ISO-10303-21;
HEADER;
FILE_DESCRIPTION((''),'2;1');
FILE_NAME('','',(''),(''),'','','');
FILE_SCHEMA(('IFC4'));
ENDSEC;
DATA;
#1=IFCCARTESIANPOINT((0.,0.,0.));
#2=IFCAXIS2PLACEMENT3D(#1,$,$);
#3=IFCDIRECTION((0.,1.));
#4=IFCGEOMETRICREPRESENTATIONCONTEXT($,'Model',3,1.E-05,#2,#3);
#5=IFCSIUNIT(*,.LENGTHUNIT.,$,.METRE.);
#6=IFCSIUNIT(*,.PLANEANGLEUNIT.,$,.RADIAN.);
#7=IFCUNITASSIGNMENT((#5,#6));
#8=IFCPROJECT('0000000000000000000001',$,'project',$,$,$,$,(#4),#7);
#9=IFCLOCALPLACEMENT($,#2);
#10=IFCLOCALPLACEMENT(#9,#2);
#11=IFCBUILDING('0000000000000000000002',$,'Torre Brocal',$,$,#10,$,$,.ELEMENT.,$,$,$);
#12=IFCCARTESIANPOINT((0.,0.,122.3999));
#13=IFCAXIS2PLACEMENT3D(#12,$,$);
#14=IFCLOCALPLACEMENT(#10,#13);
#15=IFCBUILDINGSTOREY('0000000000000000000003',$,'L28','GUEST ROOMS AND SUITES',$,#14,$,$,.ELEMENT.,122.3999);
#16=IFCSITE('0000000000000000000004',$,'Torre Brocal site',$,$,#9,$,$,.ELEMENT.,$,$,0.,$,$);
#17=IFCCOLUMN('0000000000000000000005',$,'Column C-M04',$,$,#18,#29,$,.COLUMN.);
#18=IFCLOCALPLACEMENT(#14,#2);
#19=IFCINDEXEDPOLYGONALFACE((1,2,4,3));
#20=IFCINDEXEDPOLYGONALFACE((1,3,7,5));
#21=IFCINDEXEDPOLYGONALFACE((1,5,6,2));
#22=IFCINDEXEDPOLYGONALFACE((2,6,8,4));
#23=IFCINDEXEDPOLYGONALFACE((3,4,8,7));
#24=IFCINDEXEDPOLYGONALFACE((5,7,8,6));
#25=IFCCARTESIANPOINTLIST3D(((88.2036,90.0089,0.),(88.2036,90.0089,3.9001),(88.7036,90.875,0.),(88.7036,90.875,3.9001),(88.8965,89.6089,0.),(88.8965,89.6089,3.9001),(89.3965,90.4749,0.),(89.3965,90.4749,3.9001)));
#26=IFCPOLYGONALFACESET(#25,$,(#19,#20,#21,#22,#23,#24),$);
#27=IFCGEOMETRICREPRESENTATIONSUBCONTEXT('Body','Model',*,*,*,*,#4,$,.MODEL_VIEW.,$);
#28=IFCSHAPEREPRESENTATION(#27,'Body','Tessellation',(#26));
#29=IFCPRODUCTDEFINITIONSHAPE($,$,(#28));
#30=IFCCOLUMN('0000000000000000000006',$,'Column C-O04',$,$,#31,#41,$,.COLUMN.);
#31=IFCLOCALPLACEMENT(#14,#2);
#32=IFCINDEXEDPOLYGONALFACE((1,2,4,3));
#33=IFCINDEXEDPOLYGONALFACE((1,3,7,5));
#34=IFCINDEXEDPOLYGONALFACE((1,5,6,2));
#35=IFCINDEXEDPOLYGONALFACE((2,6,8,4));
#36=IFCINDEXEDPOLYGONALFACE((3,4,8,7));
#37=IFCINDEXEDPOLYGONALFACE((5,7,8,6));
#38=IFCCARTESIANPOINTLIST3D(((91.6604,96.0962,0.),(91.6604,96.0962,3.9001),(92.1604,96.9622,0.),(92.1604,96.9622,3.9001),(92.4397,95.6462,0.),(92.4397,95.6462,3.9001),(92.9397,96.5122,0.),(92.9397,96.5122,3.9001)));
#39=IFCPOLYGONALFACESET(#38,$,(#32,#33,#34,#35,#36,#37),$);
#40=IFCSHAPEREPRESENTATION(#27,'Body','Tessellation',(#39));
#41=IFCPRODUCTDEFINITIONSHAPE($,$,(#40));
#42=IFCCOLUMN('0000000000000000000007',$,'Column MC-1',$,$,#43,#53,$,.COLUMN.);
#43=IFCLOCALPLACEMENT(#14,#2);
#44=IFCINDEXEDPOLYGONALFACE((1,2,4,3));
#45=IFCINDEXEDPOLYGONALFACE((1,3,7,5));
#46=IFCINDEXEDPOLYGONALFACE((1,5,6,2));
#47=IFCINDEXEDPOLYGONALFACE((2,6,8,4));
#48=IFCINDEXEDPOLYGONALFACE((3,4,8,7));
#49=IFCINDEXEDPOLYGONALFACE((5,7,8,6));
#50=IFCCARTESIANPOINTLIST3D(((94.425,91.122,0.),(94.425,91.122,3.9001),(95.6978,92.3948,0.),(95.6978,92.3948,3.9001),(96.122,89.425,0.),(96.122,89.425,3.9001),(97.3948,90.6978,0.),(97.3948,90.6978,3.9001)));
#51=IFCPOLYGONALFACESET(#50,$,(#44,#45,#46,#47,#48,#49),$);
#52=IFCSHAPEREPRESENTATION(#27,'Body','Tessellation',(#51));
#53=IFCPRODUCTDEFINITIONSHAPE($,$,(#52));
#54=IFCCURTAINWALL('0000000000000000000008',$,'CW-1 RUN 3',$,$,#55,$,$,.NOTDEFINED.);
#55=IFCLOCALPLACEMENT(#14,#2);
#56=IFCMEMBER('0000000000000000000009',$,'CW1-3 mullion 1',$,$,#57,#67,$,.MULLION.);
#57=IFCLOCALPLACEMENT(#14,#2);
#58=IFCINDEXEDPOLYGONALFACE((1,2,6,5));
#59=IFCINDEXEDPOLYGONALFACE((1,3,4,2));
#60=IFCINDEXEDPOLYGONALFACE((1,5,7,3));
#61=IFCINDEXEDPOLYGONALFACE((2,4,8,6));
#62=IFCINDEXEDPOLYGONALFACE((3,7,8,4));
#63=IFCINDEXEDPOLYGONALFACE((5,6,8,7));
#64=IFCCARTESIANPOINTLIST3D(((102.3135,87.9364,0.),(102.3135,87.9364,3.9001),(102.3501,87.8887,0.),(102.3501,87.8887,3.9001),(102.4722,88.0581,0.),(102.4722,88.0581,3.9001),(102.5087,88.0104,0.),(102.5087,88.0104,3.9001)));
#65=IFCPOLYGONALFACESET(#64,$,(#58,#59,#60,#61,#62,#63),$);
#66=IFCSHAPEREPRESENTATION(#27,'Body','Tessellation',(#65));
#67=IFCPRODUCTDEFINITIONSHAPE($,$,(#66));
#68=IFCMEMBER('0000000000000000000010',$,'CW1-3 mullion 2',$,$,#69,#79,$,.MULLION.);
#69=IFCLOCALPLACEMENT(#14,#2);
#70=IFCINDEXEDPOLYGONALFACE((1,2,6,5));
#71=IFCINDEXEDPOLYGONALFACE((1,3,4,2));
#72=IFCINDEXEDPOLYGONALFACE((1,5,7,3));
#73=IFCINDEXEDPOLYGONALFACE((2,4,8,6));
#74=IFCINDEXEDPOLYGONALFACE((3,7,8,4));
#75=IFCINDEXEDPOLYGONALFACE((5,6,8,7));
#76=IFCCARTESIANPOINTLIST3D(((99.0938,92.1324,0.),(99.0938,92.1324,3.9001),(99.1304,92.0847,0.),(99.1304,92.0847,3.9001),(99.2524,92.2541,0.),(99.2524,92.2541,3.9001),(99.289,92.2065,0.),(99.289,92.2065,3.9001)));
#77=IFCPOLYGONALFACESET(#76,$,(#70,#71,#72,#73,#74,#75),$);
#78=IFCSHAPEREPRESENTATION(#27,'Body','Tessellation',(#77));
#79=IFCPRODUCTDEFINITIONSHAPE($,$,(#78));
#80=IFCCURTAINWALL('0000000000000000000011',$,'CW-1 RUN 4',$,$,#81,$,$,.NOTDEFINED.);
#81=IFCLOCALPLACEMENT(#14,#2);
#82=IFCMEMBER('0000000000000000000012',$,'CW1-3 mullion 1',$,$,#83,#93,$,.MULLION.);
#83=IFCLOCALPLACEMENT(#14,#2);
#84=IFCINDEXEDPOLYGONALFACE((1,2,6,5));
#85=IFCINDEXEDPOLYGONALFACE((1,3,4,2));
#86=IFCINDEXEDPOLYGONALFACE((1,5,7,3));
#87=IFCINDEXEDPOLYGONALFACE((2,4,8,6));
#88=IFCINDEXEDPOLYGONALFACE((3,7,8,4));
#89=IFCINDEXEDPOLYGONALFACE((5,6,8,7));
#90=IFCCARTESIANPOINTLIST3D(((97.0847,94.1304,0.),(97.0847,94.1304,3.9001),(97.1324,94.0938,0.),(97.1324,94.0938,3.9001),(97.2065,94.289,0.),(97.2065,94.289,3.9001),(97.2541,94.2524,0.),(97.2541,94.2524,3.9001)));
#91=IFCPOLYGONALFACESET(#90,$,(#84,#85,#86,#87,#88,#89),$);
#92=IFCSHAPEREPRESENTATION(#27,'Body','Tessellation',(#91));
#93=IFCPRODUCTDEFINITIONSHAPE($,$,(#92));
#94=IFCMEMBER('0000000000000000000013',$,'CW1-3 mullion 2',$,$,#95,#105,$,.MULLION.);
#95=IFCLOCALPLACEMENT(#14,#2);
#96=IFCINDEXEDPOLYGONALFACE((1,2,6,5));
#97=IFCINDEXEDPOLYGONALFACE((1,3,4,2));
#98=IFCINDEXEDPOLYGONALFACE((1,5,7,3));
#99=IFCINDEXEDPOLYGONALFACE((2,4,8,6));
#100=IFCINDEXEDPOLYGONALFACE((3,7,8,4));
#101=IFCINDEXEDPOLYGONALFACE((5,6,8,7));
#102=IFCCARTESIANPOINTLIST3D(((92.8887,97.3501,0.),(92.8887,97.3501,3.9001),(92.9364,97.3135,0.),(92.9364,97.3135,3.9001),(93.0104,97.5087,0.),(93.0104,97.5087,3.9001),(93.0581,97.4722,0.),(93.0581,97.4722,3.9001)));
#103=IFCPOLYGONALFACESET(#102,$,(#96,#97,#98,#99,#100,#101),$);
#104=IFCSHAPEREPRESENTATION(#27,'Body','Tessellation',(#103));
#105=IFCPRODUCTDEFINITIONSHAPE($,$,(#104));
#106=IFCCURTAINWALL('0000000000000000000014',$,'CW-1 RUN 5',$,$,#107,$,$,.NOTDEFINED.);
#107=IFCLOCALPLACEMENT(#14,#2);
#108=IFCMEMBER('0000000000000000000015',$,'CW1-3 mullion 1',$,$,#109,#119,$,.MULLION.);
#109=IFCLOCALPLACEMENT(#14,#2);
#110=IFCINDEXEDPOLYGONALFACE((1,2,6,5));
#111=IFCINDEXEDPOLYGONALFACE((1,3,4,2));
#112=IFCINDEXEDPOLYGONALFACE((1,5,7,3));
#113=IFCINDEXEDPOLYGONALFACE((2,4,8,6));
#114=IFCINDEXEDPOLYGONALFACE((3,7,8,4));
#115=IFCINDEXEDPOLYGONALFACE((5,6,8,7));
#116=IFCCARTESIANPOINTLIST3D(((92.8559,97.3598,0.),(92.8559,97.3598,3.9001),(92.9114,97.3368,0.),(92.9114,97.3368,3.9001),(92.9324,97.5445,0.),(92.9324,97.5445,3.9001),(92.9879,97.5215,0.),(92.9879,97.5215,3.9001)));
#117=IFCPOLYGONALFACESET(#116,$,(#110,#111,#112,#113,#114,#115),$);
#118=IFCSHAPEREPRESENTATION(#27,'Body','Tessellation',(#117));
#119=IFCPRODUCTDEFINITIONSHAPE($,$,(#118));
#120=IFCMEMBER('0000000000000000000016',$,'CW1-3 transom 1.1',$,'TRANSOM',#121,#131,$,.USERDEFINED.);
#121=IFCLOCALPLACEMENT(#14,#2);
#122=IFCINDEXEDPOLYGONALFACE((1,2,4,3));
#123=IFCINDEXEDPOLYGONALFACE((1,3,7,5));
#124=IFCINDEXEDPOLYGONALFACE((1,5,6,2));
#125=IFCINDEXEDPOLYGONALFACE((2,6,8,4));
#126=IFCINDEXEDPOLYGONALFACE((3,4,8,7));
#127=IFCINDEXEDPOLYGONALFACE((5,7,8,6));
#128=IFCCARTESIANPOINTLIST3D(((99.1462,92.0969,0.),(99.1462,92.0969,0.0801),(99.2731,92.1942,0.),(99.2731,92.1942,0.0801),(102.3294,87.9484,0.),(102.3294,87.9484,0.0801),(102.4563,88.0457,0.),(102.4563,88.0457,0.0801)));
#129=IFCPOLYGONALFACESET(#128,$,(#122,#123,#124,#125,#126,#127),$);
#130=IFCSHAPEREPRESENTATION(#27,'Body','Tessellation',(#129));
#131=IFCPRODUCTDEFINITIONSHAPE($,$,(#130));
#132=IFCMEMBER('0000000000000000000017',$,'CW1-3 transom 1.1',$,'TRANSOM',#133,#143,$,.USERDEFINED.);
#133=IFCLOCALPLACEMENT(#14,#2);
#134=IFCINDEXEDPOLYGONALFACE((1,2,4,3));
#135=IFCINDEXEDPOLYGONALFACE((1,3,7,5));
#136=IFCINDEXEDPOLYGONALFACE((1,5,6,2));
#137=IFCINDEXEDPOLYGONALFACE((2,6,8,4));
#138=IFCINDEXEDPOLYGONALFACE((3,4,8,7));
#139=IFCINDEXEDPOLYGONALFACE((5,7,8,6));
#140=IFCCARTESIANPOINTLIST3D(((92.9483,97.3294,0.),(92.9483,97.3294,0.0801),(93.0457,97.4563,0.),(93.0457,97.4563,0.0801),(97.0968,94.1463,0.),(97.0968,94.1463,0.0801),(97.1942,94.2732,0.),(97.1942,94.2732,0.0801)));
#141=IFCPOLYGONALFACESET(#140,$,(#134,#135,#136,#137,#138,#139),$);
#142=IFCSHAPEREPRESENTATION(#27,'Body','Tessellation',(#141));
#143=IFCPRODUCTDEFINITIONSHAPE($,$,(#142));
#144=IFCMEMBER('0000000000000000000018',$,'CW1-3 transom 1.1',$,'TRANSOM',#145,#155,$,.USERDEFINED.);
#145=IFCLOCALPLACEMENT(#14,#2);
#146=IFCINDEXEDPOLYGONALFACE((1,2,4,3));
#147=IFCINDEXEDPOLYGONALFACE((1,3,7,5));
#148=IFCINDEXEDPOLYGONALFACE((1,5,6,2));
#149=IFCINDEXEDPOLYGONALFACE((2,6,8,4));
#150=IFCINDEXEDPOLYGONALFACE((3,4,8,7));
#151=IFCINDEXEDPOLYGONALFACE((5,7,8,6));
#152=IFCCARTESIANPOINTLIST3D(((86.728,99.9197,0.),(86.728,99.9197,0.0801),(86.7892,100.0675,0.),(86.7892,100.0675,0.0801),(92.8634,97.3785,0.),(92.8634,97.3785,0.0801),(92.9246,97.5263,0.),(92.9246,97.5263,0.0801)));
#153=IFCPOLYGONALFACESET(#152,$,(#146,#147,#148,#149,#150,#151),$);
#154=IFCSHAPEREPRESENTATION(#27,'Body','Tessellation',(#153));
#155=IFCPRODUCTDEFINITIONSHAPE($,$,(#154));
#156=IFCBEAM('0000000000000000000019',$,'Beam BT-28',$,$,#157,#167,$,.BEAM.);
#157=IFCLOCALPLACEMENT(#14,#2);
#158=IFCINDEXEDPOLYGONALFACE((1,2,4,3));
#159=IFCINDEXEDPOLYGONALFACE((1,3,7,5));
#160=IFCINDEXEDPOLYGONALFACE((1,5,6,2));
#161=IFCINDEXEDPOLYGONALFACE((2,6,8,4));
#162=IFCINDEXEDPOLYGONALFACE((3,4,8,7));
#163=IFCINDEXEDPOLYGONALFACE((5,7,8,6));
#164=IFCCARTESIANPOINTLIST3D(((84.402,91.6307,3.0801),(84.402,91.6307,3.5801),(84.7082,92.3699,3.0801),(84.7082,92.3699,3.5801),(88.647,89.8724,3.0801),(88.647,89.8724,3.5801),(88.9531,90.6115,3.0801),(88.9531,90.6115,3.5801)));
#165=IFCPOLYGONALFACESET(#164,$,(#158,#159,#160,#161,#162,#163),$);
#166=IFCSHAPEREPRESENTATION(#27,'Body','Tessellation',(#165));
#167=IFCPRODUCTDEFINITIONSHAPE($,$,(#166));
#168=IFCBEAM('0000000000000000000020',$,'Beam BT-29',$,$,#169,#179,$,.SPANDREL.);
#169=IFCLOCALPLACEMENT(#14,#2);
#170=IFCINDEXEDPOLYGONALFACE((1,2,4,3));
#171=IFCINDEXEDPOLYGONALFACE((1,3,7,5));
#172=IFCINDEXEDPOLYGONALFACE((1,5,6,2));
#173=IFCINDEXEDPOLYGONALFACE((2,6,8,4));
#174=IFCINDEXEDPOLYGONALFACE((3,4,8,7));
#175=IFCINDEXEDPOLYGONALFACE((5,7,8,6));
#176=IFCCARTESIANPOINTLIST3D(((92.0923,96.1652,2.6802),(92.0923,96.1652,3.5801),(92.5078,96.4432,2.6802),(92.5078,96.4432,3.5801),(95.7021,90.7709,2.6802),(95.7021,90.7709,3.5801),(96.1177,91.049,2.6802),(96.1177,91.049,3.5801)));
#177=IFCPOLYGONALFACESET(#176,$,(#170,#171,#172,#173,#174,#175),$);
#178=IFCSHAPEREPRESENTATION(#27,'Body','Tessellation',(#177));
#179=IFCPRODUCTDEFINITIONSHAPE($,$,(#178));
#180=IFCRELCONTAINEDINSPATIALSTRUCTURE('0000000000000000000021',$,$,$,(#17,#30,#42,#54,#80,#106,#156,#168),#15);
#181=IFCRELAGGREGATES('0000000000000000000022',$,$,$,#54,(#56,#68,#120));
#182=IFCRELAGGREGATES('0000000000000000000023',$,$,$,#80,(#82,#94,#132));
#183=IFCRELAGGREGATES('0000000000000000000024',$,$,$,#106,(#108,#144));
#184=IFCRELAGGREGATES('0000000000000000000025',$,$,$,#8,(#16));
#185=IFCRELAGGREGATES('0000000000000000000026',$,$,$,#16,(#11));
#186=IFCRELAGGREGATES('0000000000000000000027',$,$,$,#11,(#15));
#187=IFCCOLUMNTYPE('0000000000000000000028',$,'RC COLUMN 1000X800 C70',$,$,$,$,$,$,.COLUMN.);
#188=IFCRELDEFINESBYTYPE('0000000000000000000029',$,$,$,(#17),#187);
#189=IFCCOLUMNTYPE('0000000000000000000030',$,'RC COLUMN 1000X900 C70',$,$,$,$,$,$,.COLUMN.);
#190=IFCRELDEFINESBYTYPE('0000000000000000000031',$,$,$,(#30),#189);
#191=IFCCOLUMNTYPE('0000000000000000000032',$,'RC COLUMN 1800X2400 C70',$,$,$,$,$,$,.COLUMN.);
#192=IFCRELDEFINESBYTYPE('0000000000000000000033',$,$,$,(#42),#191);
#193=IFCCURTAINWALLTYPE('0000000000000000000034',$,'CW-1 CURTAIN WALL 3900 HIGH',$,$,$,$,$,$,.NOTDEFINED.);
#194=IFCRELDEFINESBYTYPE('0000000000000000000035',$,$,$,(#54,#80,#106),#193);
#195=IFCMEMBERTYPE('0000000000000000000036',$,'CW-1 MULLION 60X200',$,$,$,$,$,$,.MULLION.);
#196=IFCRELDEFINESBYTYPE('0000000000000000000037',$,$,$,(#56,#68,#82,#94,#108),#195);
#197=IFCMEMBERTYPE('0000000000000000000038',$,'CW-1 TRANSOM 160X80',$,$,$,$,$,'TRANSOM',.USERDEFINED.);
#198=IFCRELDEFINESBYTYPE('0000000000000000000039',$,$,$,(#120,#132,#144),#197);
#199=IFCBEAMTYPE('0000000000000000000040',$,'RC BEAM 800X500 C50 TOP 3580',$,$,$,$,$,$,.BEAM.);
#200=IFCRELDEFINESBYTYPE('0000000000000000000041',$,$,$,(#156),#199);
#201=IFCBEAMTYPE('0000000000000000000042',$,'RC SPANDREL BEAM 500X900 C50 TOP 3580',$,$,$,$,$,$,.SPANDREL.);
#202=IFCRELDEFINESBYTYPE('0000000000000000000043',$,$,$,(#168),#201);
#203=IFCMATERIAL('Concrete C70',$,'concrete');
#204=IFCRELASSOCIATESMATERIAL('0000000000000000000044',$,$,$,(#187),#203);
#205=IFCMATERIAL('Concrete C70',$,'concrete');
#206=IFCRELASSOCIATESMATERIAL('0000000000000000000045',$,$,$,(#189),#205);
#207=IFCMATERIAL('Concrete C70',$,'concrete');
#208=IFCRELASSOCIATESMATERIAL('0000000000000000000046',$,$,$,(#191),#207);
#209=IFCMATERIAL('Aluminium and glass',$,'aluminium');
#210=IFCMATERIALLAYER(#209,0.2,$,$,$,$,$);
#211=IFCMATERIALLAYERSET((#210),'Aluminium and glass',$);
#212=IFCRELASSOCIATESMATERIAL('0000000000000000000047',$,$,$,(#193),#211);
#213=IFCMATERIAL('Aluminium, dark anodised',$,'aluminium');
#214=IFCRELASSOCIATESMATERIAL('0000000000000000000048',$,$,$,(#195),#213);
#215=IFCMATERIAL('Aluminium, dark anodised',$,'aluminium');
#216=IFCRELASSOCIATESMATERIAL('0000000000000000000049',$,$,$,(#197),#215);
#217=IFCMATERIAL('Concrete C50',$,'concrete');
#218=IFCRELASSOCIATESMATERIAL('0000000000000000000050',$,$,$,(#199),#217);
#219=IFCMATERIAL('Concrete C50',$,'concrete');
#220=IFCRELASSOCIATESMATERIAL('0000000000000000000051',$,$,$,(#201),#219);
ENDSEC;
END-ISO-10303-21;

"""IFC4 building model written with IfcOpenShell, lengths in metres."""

from ifc_helpers import new_model, si_unit, direction, frame, origin, origin_2d, place, context, subcontext, project, spatial, rectangle, extrude, material, layer, layer_set, material_profile, profile_set, type_object, element, aggregate, save


model = new_model("IFC4")

# Units and contexts
model_context = context("Model", 3, precision=1e-05, world=origin(), true_north=direction((0.0, 1.0)))
body_context = subcontext(model_context, "Body", "Model", "MODEL_VIEW")
ifc_project = project(units=[si_unit("LENGTHUNIT", "METRE"), si_unit("PLANEANGLEUNIT", "RADIAN")], contexts=[model_context])

# Site, building, storey
site_placement = place(None, origin())
site = spatial("IfcSite", under=ifc_project, at=site_placement, Name="Torre Brocal site", CompositionType="ELEMENT", RefElevation=0.0)
building_placement = place(site_placement, origin())
building = spatial("IfcBuilding", under=site, at=building_placement, Name="Torre Brocal", CompositionType="ELEMENT")
storey_placement = place(building_placement, frame((0.0, 0.0, 122.3999)))
storey = spatial("IfcBuildingStorey", under=building, at=storey_placement, Name="L28", Description="GUEST ROOMS AND SUITES", CompositionType="ELEMENT", Elevation=122.3999)

# Columns
ifc_material_1 = material(Name="Concrete C70", Category="concrete")
ifc_material_profile_1 = material_profile(ifc_material_1, rectangle(XDim=1.0, YDim=0.8, at=origin_2d()), Name="RC 1000X800")
ifc_profile_set_1 = profile_set([ifc_material_profile_1], Name="Concrete C70")
column_type_1 = type_object("IfcColumnType", Name="RC COLUMN 1000X800 C70", PredefinedType="COLUMN", material=ifc_profile_set_1)
column_1_placement = place(storey_placement, frame((88.8, 90.2419, 0.0), z_axis=(0.0, 0.0, 1.0), x_axis=(0.5, 0.866025, 0.0)))
element("IfcColumn", 1, at=column_1_placement, inside=storey, type_object=column_type_1, Name="Column C-M04", PredefinedType="COLUMN", context=body_context, shape_type="SweptSolid", body=[
    extrude(rectangle(XDim=1.0, YDim=0.8, at=origin_2d()), origin(), (0.0, 0.0, 1.0), 3.9001),
])
ifc_material_2 = material(Name="Concrete C70", Category="concrete")
ifc_material_profile_2 = material_profile(ifc_material_2, rectangle(XDim=1.0, YDim=0.8999, at=origin_2d()), Name="RC 1000X900")
ifc_profile_set_2 = profile_set([ifc_material_profile_2], Name="Concrete C70")
column_type_2 = type_object("IfcColumnType", Name="RC COLUMN 1000X900 C70", PredefinedType="COLUMN", material=ifc_profile_set_2)
column_2_placement = place(storey_placement, frame((92.3, 96.3042, 0.0), z_axis=(0.0, 0.0, 1.0), x_axis=(0.5, 0.866025, 0.0)))
element("IfcColumn", 2, at=column_2_placement, inside=storey, type_object=column_type_2, Name="Column C-O04", PredefinedType="COLUMN", context=body_context, shape_type="SweptSolid", body=[
    extrude(rectangle(XDim=1.0, YDim=0.8999, at=origin_2d()), origin(), (0.0, 0.0, 1.0), 3.9001),
])
ifc_material_3 = material(Name="Concrete C70", Category="concrete")
ifc_material_profile_3 = material_profile(ifc_material_3, rectangle(XDim=1.8, YDim=2.3999, at=origin_2d()), Name="RC 1800X2400")
ifc_profile_set_3 = profile_set([ifc_material_profile_3], Name="Concrete C70")
column_type_3 = type_object("IfcColumnType", Name="RC COLUMN 1800X2400 C70", PredefinedType="COLUMN", material=ifc_profile_set_3)
column_3_placement = place(storey_placement, frame((95.9099, 90.9099, 0.0), z_axis=(0.0, 0.0, 1.0), x_axis=(0.707107, 0.707107, 0.0)))
element("IfcColumn", 3, at=column_3_placement, inside=storey, type_object=column_type_3, Name="Column MC-1", PredefinedType="COLUMN", context=body_context, shape_type="SweptSolid", body=[
    extrude(rectangle(XDim=1.8, YDim=2.3999, at=origin_2d()), origin(), (0.0, 0.0, 1.0), 3.9001),
])

# Curtain walls, members
ifc_material_4 = material(Name="Aluminium and glass", Category="aluminium")
ifc_layer_1 = layer(ifc_material_4, 0.2)
ifc_layer_set_1 = layer_set([ifc_layer_1], Name="Aluminium and glass")
curtain_wall_type = type_object("IfcCurtainWallType", Name="CW-1 CURTAIN WALL 3900 HIGH", PredefinedType="NOTDEFINED", material=ifc_layer_set_1)
curtain_wall_1_placement = place(storey_placement, origin())
curtain_wall_1 = element("IfcCurtainWall", 4, at=curtain_wall_1_placement, inside=storey, type_object=curtain_wall_type, Name="CW-1 RUN 3", PredefinedType="NOTDEFINED")
ifc_material_5 = material(Name="Aluminium, dark anodised", Category="aluminium")
ifc_material_profile_4 = material_profile(ifc_material_5, rectangle(XDim=0.2, YDim=0.0601, at=origin_2d()), Name="CW-1 MULLION 60X200")
ifc_profile_set_4 = profile_set([ifc_material_profile_4], Name="Aluminium, dark anodised")
member_type_1 = type_object("IfcMemberType", Name="CW-1 MULLION 60X200", PredefinedType="MULLION", material=ifc_profile_set_4)
member_1_placement = place(storey_placement, frame((102.4111, 87.9734, 0.0), z_axis=(0.0, 0.0, 1.0), x_axis=(-0.793353, -0.608761, 0.0)))
member_1 = element("IfcMember", 5, at=member_1_placement, type_object=member_type_1, Name="CW1-3 mullion 1", PredefinedType="MULLION", context=body_context, shape_type="SweptSolid", body=[
    extrude(rectangle(XDim=0.2, YDim=0.0601, at=origin_2d()), origin(), (0.0, 0.0, 1.0), 3.9001),
])
member_2_placement = place(storey_placement, frame((99.1914, 92.1694, 0.0), z_axis=(0.0, 0.0, 1.0), x_axis=(-0.793353, -0.608761, 0.0)))
member_2 = element("IfcMember", 6, at=member_2_placement, type_object=member_type_1, Name="CW1-3 mullion 2", PredefinedType="MULLION", context=body_context, shape_type="SweptSolid", body=[
    extrude(rectangle(XDim=0.2, YDim=0.0601, at=origin_2d()), origin(), (0.0, 0.0, 1.0), 3.9001),
])
curtain_wall_2_placement = place(storey_placement, origin())
curtain_wall_2 = element("IfcCurtainWall", 7, at=curtain_wall_2_placement, inside=storey, type_object=curtain_wall_type, Name="CW-1 RUN 4", PredefinedType="NOTDEFINED")
member_3_placement = place(storey_placement, frame((97.1694, 94.1914, 0.0), z_axis=(0.0, 0.0, 1.0), x_axis=(-0.608761, -0.793353, 0.0)))
member_3 = element("IfcMember", 8, at=member_3_placement, type_object=member_type_1, Name="CW1-3 mullion 1", PredefinedType="MULLION", context=body_context, shape_type="SweptSolid", body=[
    extrude(rectangle(XDim=0.2, YDim=0.0601, at=origin_2d()), origin(), (0.0, 0.0, 1.0), 3.9001),
])
member_4_placement = place(storey_placement, frame((92.9734, 97.4111, 0.0), z_axis=(0.0, 0.0, 1.0), x_axis=(-0.608761, -0.793353, 0.0)))
member_4 = element("IfcMember", 9, at=member_4_placement, type_object=member_type_1, Name="CW1-3 mullion 2", PredefinedType="MULLION", context=body_context, shape_type="SweptSolid", body=[
    extrude(rectangle(XDim=0.2, YDim=0.0601, at=origin_2d()), origin(), (0.0, 0.0, 1.0), 3.9001),
])

# Curtain wall, member
curtain_wall_3_placement = place(storey_placement, origin())
curtain_wall_3 = element("IfcCurtainWall", 10, at=curtain_wall_3_placement, inside=storey, type_object=curtain_wall_type, Name="CW-1 RUN 5", PredefinedType="NOTDEFINED")
member_5_placement = place(storey_placement, frame((92.9219, 97.4407, 0.0), z_axis=(0.0, 0.0, 1.0), x_axis=(-0.382683, -0.92388, 0.0)))
member_5 = element("IfcMember", 11, at=member_5_placement, type_object=member_type_1, Name="CW1-3 mullion 1", PredefinedType="MULLION", context=body_context, shape_type="SweptSolid", body=[
    extrude(rectangle(XDim=0.2, YDim=0.0601, at=origin_2d()), origin(), (0.0, 0.0, 1.0), 3.9001),
])

# Members
ifc_material_6 = material(Name="Aluminium, dark anodised", Category="aluminium")
ifc_material_profile_5 = material_profile(ifc_material_6, rectangle(XDim=0.1599, YDim=0.0801, at=origin_2d()), Name="CW-1 TRANSOM 160X80")
ifc_profile_set_5 = profile_set([ifc_material_profile_5], Name="Aluminium, dark anodised")
member_type_2 = type_object("IfcMemberType", Name="CW-1 TRANSOM 160X80", ElementType="TRANSOM", PredefinedType="USERDEFINED", material=ifc_profile_set_5)
member_6_placement = place(storey_placement, frame((102.3928, 87.9971, 0.04), z_axis=(-0.608749, 0.793363, 0.0), x_axis=(-0.793363, -0.608749, 0.0)))
member_6 = element("IfcMember", 12, at=member_6_placement, type_object=member_type_2, Name="CW1-3 transom 1.1", ObjectType="TRANSOM", PredefinedType="USERDEFINED", context=body_context, shape_type="SweptSolid", body=[
    extrude(rectangle(XDim=0.1599, YDim=0.0801, at=origin_2d()), origin(), (0.0, 0.0, 1.0), 5.229),
])
member_7_placement = place(storey_placement, frame((97.1455, 94.2097, 0.04), z_axis=(-0.793363, 0.608749, 0.0), x_axis=(-0.608749, -0.793363, 0.0)))
member_7 = element("IfcMember", 13, at=member_7_placement, type_object=member_type_2, Name="CW1-3 transom 1.1", ObjectType="TRANSOM", PredefinedType="USERDEFINED", context=body_context, shape_type="SweptSolid", body=[
    extrude(rectangle(XDim=0.1599, YDim=0.0801, at=origin_2d()), origin(), (0.0, 0.0, 1.0), 5.229),
])
member_8_placement = place(storey_placement, frame((92.894, 97.4524, 0.04), z_axis=(-0.923887, 0.382665, 0.0), x_axis=(-0.382665, -0.923887, 0.0)))
member_8 = element("IfcMember", 14, at=member_8_placement, type_object=member_type_2, Name="CW1-3 transom 1.1", ObjectType="TRANSOM", PredefinedType="USERDEFINED", context=body_context, shape_type="SweptSolid", body=[
    extrude(rectangle(XDim=0.1599, YDim=0.0801, at=origin_2d()), origin(), (0.0, 0.0, 1.0), 6.6409),
])

# Beams
ifc_material_7 = material(Name="Concrete C50", Category="concrete")
ifc_material_profile_6 = material_profile(ifc_material_7, rectangle(XDim=0.8, YDim=0.5, at=origin_2d()), Name="RC 800X500")
ifc_profile_set_6 = profile_set([ifc_material_profile_6], Name="Concrete C50")
beam_type_1 = type_object("IfcBeamType", Name="RC BEAM 800X500 C50 TOP 3580", PredefinedType="BEAM", material=ifc_profile_set_6)
beam_1_placement = place(storey_placement, frame((88.8, 90.2419, 3.3301), z_axis=(-0.923878, 0.382687, 0.0), x_axis=(-0.382687, -0.923878, 0.0)))
element("IfcBeam", 15, at=beam_1_placement, inside=storey, type_object=beam_type_1, Name="Beam BT-28", PredefinedType="BEAM", context=body_context, shape_type="SweptSolid", body=[
    extrude(rectangle(XDim=0.8, YDim=0.5, at=origin_2d()), origin(), (0.0, 0.0, 1.0), 4.5947),
])
ifc_material_8 = material(Name="Concrete C50", Category="concrete")
ifc_material_profile_7 = material_profile(ifc_material_8, rectangle(XDim=0.5, YDim=0.8999, at=origin_2d()), Name="RC 500X900")
ifc_profile_set_7 = profile_set([ifc_material_profile_7], Name="Concrete C50")
beam_type_2 = type_object("IfcBeamType", Name="RC SPANDREL BEAM 500X900 C50 TOP 3580", PredefinedType="SPANDREL", material=ifc_profile_set_7)
beam_2_placement = place(storey_placement, frame((95.9099, 90.9099, 3.1301), z_axis=(-0.556158, 0.831077, 0.0), x_axis=(-0.831077, -0.556158, 0.0)))
element("IfcBeam", 16, at=beam_2_placement, inside=storey, type_object=beam_type_2, Name="Beam BT-29", PredefinedType="SPANDREL", context=body_context, shape_type="SweptSolid", body=[
    extrude(rectangle(XDim=0.5, YDim=0.8999, at=origin_2d()), origin(), (0.0, 0.0, 1.0), 6.4907),
])

aggregate(curtain_wall_1, [member_1, member_2, member_6])
aggregate(curtain_wall_2, [member_3, member_4, member_7])
aggregate(curtain_wall_3, [member_5, member_8])

save(model, "model.ifc")
